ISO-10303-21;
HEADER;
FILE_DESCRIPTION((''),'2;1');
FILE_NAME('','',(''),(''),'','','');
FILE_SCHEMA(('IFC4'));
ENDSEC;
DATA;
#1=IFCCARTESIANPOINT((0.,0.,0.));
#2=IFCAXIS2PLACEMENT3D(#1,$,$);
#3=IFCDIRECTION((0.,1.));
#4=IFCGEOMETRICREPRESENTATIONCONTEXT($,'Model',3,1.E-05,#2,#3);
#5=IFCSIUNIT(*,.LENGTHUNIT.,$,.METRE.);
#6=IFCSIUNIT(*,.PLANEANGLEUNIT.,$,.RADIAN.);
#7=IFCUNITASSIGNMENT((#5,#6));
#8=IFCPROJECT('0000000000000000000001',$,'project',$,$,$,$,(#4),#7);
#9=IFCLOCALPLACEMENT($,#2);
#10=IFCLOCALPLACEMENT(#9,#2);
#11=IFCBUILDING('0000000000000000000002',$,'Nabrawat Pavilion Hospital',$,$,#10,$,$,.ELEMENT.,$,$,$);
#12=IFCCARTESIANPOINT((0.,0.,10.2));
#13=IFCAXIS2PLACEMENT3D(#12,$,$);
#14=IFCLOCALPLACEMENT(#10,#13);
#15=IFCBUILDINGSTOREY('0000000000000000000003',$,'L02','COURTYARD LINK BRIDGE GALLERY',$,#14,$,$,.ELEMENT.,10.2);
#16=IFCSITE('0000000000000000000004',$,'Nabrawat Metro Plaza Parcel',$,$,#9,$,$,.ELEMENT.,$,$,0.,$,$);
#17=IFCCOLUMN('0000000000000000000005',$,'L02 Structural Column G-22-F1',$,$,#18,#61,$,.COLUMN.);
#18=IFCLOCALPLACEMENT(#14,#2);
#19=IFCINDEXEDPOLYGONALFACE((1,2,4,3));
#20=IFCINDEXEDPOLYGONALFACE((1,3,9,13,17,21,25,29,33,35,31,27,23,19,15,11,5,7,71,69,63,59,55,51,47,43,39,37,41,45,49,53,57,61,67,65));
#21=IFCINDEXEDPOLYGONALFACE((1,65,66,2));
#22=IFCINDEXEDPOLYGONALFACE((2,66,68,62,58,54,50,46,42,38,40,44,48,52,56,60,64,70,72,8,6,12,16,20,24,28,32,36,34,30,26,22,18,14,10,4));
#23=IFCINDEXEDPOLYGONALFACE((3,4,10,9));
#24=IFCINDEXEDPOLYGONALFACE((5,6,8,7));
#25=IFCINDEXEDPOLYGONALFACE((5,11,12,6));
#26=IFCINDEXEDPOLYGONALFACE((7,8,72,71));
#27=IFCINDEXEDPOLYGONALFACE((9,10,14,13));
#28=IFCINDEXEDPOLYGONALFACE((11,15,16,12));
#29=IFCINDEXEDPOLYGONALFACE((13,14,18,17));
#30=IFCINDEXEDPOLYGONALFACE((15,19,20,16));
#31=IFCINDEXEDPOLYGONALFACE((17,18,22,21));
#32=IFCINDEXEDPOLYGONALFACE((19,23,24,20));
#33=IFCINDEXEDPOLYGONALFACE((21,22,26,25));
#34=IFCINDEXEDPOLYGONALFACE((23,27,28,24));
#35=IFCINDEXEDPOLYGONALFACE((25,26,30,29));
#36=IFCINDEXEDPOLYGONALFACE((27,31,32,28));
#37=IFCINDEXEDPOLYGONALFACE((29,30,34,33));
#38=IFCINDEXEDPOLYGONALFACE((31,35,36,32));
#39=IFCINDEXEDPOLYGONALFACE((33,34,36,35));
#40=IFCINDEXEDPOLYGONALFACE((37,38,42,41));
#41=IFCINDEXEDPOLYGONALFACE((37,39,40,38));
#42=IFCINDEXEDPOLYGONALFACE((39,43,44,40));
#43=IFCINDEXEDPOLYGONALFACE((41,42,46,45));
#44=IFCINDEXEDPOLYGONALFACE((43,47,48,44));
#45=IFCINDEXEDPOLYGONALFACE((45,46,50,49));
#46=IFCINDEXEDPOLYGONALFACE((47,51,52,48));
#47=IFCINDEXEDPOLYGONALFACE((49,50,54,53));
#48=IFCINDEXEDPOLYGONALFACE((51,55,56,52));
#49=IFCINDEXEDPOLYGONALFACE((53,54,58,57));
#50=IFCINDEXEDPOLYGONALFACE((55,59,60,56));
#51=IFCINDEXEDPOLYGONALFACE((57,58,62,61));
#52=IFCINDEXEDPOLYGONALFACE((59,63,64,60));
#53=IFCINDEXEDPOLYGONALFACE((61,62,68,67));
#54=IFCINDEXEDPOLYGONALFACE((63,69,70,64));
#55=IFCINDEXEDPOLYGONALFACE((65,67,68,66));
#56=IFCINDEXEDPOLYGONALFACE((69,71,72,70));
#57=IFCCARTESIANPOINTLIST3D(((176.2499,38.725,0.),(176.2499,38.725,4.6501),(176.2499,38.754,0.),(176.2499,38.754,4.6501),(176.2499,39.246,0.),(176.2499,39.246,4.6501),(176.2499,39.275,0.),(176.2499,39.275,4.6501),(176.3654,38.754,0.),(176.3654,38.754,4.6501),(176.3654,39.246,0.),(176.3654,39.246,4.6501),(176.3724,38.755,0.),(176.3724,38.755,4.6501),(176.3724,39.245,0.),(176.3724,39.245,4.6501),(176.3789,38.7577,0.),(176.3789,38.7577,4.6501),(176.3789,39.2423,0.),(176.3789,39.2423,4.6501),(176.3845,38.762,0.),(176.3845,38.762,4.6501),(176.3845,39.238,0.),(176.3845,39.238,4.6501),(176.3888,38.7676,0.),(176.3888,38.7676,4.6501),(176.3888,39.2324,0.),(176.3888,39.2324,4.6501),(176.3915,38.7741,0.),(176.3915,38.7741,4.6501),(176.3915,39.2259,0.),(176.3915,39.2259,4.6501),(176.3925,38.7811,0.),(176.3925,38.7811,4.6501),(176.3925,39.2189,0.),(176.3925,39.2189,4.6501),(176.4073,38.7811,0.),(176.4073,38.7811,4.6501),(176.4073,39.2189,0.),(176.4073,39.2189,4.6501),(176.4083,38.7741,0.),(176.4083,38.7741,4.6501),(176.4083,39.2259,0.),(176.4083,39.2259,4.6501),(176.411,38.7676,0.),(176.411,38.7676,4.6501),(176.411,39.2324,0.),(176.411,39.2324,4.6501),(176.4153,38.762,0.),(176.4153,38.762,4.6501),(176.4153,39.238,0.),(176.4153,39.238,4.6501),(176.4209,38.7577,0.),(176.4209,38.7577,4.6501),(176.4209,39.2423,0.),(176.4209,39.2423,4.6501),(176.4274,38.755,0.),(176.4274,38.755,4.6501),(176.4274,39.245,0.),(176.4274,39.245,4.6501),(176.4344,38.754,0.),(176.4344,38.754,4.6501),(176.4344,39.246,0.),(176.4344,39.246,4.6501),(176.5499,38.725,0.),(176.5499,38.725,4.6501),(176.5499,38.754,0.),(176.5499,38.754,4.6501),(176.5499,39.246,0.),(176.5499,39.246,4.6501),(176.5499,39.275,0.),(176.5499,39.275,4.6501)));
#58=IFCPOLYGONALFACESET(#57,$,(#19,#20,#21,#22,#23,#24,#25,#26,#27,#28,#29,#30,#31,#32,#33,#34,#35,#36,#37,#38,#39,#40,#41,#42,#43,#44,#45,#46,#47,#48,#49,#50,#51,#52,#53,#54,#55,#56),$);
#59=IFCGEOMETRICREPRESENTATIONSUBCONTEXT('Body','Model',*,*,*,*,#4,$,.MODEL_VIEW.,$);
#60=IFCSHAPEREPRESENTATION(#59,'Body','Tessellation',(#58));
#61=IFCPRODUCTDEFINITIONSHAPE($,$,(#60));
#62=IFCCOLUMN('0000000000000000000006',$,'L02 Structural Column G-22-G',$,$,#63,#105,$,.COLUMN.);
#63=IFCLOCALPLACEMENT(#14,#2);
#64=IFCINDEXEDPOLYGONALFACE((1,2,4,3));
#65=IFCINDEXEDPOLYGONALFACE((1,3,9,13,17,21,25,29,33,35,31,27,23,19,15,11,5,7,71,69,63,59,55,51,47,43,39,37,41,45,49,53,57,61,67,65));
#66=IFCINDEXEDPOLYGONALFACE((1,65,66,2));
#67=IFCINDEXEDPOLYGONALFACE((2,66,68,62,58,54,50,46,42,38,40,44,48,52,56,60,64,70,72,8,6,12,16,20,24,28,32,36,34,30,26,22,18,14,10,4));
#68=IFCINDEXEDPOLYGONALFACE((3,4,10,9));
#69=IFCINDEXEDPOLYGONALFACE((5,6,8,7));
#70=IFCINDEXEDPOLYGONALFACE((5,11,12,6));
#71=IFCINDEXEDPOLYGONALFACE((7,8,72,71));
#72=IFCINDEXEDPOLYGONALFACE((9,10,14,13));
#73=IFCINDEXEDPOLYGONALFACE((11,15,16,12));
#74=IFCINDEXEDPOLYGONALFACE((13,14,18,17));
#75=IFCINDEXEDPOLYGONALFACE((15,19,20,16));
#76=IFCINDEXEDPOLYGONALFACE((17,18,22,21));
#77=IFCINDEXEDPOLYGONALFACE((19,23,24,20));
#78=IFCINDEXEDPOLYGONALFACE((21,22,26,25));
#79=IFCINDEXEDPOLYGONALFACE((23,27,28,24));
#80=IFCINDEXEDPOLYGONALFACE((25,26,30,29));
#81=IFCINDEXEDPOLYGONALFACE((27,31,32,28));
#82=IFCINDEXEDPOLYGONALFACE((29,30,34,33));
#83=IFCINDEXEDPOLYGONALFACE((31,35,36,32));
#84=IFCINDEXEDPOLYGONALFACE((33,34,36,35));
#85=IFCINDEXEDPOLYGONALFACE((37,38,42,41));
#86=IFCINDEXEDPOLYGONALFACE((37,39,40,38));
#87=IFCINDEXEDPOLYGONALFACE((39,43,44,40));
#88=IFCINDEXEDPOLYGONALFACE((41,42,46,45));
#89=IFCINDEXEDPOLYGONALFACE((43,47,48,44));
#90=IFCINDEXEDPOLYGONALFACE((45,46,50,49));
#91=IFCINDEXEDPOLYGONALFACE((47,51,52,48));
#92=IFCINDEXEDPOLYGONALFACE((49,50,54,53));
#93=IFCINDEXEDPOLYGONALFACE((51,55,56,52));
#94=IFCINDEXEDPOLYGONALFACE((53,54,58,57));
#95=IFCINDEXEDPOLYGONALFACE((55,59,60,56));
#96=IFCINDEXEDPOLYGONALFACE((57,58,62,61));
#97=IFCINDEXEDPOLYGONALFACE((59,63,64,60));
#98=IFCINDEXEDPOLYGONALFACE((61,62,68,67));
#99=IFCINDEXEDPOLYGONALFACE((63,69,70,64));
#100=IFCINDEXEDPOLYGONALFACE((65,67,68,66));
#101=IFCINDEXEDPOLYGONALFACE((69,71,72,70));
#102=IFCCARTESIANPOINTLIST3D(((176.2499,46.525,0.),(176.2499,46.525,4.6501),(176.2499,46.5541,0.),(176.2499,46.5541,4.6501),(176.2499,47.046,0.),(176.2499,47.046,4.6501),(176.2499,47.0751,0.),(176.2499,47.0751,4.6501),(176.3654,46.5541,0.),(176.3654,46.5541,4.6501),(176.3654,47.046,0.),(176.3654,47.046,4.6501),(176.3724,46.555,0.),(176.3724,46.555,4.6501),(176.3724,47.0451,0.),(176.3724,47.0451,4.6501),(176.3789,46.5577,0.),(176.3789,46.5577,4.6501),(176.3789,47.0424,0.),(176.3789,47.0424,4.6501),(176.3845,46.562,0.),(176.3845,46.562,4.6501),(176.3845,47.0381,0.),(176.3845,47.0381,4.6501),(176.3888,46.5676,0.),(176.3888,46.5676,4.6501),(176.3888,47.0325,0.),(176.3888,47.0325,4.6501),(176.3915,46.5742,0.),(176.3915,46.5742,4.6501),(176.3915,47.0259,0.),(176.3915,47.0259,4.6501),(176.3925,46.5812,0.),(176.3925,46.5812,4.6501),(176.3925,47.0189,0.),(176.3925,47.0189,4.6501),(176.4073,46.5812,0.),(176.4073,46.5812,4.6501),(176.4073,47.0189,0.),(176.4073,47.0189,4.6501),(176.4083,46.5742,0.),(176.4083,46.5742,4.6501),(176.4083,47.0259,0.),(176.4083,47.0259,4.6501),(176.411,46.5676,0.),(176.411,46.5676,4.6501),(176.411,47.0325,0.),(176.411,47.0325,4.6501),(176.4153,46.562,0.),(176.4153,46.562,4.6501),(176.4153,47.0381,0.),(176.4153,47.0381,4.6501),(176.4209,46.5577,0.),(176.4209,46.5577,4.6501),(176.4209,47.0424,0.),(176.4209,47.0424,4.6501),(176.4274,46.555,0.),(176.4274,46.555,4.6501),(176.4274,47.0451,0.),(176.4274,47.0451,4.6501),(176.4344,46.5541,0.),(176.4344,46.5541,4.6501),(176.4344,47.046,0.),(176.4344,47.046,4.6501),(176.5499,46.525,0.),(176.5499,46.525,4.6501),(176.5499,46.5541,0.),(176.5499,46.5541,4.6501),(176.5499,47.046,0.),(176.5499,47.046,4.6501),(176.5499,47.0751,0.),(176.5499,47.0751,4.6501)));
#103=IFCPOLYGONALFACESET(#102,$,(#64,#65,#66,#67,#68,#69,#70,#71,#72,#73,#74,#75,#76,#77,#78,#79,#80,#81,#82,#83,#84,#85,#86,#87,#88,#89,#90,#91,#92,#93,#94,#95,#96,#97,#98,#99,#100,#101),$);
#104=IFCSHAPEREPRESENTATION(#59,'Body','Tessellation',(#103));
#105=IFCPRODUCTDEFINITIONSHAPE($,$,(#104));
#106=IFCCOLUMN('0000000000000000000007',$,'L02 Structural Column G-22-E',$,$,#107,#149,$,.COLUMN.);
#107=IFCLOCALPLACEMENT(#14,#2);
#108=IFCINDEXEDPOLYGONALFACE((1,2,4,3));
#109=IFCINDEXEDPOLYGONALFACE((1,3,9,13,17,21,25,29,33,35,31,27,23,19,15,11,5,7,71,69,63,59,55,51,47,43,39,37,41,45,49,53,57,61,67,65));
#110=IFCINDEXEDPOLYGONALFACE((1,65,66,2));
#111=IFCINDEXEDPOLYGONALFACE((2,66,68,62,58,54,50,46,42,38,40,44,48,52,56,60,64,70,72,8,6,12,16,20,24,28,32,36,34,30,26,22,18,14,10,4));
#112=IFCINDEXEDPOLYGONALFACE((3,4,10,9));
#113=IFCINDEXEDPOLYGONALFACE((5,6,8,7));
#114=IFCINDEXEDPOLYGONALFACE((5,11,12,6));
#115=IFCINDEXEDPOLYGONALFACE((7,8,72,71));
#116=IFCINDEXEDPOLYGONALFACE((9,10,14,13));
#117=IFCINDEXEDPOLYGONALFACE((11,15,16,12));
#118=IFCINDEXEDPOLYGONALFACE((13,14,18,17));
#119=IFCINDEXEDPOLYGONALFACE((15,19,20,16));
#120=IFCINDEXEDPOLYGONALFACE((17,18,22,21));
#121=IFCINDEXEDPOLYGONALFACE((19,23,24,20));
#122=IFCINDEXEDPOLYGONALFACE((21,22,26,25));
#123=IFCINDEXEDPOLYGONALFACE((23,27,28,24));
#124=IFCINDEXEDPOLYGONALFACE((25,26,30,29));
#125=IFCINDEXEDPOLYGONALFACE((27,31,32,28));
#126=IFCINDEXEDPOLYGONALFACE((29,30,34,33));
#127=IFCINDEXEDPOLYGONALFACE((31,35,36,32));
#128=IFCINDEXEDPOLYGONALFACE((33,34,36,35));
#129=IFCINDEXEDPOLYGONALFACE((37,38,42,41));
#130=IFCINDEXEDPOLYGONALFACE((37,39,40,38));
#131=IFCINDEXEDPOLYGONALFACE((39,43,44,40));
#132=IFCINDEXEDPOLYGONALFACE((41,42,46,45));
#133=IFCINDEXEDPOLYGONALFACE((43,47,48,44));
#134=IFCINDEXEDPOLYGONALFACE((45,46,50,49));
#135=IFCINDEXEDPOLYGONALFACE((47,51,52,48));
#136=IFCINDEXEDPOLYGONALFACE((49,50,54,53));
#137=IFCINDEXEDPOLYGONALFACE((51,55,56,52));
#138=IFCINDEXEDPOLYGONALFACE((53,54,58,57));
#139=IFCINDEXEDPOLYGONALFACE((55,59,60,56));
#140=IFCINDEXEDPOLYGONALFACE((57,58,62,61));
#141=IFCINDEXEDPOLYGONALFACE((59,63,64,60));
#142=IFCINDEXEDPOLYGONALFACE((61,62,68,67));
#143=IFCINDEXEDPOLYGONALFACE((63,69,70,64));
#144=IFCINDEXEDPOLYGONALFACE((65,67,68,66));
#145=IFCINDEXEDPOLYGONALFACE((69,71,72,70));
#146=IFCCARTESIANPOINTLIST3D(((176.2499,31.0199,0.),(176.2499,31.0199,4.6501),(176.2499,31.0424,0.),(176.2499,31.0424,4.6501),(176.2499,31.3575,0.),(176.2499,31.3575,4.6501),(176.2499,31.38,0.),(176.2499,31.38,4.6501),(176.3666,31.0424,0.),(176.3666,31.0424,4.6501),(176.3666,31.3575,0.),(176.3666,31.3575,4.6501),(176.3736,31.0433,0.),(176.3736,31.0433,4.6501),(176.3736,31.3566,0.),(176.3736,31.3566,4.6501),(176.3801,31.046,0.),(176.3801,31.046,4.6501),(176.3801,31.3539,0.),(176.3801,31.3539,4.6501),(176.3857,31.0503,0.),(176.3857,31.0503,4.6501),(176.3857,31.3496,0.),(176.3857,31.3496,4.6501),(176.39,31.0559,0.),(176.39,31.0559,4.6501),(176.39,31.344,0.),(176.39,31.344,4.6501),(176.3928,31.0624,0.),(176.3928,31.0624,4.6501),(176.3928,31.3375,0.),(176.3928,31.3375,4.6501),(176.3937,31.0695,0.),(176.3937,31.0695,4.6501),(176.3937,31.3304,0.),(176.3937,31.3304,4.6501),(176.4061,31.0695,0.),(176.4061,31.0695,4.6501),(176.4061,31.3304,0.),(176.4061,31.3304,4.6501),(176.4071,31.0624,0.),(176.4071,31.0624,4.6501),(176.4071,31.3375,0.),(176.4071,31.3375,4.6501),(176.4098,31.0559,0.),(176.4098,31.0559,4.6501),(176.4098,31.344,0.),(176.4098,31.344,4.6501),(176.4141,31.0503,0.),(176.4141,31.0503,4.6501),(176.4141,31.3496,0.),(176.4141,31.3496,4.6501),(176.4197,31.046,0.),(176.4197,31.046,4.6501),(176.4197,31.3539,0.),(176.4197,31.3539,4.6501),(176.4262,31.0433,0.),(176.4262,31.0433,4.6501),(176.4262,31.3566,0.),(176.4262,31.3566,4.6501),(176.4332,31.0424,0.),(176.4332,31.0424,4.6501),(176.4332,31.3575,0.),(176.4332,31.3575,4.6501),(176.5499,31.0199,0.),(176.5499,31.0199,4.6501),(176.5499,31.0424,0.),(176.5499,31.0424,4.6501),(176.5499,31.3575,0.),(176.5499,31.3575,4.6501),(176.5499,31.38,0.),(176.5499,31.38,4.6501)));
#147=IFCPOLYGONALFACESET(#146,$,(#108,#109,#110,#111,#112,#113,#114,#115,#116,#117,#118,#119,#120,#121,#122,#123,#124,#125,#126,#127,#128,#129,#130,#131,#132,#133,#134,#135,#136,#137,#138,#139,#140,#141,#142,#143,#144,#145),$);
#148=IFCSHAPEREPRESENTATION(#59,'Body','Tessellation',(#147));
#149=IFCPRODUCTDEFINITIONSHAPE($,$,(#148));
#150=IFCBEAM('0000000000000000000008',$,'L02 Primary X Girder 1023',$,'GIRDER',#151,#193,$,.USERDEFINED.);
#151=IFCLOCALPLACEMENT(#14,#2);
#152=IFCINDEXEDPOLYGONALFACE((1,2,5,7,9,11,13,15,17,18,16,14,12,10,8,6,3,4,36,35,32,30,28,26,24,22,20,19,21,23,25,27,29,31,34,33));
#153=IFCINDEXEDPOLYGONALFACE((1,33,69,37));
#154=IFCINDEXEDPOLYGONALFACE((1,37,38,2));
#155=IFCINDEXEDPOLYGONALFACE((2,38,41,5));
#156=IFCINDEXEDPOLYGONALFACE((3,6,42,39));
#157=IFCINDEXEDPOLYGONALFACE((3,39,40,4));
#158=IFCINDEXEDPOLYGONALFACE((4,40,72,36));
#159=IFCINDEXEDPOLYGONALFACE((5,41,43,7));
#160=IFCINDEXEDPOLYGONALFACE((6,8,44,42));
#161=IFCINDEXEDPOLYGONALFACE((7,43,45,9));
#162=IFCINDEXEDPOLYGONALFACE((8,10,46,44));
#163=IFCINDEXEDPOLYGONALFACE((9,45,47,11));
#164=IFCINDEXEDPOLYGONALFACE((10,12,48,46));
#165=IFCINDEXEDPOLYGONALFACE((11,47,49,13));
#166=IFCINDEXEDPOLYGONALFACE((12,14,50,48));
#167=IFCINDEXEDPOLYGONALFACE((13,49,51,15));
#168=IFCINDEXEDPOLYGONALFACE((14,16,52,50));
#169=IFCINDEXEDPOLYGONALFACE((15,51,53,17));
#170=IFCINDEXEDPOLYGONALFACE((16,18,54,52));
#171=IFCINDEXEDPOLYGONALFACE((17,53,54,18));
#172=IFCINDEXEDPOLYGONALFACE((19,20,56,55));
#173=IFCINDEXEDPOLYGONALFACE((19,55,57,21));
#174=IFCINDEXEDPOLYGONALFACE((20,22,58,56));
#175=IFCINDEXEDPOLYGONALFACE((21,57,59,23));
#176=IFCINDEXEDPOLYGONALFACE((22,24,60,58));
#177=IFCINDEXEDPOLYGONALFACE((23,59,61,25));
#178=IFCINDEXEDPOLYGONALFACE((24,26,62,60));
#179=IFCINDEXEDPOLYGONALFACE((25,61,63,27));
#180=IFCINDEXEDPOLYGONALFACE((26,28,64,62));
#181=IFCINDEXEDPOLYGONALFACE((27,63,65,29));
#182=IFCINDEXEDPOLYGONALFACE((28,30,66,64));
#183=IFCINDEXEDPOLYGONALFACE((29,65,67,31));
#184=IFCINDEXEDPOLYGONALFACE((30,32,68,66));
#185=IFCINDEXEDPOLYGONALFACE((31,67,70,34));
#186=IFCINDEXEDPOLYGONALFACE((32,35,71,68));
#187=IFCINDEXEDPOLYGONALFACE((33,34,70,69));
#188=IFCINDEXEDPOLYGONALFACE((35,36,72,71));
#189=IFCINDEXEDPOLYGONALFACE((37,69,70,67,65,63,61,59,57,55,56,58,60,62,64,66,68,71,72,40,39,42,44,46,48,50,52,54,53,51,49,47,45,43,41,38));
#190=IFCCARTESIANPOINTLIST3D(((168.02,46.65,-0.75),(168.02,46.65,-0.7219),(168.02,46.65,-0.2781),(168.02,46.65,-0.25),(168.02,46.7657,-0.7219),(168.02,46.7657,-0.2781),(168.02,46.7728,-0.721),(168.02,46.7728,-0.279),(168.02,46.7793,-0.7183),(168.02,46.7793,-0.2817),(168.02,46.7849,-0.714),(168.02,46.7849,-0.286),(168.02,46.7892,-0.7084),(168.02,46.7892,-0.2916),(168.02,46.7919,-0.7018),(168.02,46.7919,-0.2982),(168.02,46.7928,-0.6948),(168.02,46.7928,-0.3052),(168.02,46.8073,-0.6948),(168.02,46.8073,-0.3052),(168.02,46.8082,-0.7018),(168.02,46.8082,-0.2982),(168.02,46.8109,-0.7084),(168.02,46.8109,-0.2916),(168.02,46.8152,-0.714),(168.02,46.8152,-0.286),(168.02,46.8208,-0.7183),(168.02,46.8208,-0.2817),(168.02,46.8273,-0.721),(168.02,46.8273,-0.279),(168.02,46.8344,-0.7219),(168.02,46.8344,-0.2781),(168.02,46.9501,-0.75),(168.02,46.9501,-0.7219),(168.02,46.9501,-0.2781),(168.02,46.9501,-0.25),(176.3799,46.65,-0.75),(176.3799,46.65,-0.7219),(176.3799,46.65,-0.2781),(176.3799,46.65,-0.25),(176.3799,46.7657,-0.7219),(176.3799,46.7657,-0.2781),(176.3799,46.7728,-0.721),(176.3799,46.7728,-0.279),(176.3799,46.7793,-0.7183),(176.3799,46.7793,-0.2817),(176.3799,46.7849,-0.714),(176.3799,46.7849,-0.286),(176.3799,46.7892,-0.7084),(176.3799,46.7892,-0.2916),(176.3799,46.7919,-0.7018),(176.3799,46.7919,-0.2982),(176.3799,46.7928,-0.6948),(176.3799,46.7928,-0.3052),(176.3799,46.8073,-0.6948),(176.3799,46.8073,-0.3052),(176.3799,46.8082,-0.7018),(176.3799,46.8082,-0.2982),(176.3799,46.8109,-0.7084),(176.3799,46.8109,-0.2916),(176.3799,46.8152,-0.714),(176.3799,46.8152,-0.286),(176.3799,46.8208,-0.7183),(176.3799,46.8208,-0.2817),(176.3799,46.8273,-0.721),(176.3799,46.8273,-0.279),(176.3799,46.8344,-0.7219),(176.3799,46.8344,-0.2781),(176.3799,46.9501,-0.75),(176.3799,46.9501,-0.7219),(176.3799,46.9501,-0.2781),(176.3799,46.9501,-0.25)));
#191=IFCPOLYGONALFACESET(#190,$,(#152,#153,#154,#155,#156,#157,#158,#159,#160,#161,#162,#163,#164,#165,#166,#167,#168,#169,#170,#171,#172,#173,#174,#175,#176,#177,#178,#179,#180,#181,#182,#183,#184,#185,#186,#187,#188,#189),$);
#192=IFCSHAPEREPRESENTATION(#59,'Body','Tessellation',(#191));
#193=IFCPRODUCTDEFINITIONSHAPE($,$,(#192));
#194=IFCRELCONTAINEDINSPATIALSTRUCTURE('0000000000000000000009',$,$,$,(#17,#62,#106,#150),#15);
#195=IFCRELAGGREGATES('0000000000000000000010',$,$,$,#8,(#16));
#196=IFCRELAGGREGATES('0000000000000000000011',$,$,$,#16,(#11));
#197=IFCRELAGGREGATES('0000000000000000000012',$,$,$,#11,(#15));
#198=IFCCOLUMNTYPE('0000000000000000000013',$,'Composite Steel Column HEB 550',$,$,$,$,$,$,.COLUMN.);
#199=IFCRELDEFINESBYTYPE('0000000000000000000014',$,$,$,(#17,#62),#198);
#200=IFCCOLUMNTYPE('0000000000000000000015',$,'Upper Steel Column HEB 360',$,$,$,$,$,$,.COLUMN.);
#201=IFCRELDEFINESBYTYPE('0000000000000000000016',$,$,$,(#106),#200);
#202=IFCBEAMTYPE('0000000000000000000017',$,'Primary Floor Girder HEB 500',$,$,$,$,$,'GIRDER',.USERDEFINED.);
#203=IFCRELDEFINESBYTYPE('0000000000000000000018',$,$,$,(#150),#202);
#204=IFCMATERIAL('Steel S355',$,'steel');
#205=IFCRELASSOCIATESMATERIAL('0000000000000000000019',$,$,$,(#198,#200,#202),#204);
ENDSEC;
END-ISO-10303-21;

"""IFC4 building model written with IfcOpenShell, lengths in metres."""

from ifc_helpers import new_model, si_unit, direction, frame, origin, origin_2d, place, context, subcontext, project, spatial, i_section, extrude, material, material_profile, profile_set, type_object, element, save


model = new_model("IFC4")

# Units and contexts
model_context = context("Model", 3, precision=1e-05, world=origin(), true_north=direction((0.0, 1.0)))
body_context = subcontext(model_context, "Body", "Model", "MODEL_VIEW")
ifc_project = project(units=[si_unit("LENGTHUNIT", "METRE"), si_unit("PLANEANGLEUNIT", "RADIAN")], contexts=[model_context])

# Site, building, storey
site_placement = place(None, origin())
site = spatial("IfcSite", under=ifc_project, at=site_placement, Name="Nabrawat Metro Plaza Parcel", CompositionType="ELEMENT", RefElevation=0.0)
building_placement = place(site_placement, origin())
building = spatial("IfcBuilding", under=site, at=building_placement, Name="Nabrawat Pavilion Hospital", CompositionType="ELEMENT")
storey_placement = place(building_placement, frame((0.0, 0.0, 10.2)))
storey = spatial("IfcBuildingStorey", under=building, at=storey_placement, Name="L02", Description="COURTYARD LINK BRIDGE GALLERY", CompositionType="ELEMENT", Elevation=10.2)

# Columns
ifc_material_1 = material(Name="Steel S355", Category="steel")
ifc_material_profile_1 = material_profile(ifc_material_1, i_section(OverallWidth=0.3, OverallDepth=0.55, WebThickness=0.0149, FlangeThickness=0.0291, FilletRadius=0.0271, at=origin_2d()), Name="HEB 550")
ifc_profile_set_1 = profile_set([ifc_material_profile_1], Name="Steel S355")
column_type_1 = type_object("IfcColumnType", Name="Composite Steel Column HEB 550", PredefinedType="COLUMN", material=ifc_profile_set_1)
for number, where, z_axis, x_axis, name in (
    (1, (176.3999, 39.0, 0.0), (0.0, 0.0, 1.0), (1.0, 0.0, 0.0), "L02 Structural Column G-22-F1"),
    (2, (176.3999, 46.8, 0.0), (0.0, 0.0, 1.0), (1.0, 0.0, 0.0), "L02 Structural Column G-22-G"),
):
    element("IfcColumn", number, at=place(storey_placement, frame(where, z_axis=z_axis, x_axis=x_axis)), inside=storey, type_object=column_type_1, Name=name, PredefinedType="COLUMN", context=body_context, shape_type="SweptSolid", body=[
        extrude(i_section(OverallWidth=0.3, OverallDepth=0.55, WebThickness=0.0149, FlangeThickness=0.0291, FilletRadius=0.0271, at=origin_2d()), origin(), (0.0, 0.0, 1.0), 4.6501),
    ])
ifc_material_profile_2 = material_profile(ifc_material_1, i_section(OverallWidth=0.3, OverallDepth=0.3601, WebThickness=0.0125, FlangeThickness=0.0225, FilletRadius=0.0271, at=origin_2d()), Name="HEB 360")
ifc_profile_set_2 = profile_set([ifc_material_profile_2], Name="Steel S355")
column_type_2 = type_object("IfcColumnType", Name="Upper Steel Column HEB 360", PredefinedType="COLUMN", material=ifc_profile_set_2)
column_placement = place(storey_placement, frame((176.3999, 31.2, 0.0), z_axis=(0.0, 0.0, 1.0), x_axis=(1.0, 0.0, 0.0)))
element("IfcColumn", 3, at=column_placement, inside=storey, type_object=column_type_2, Name="L02 Structural Column G-22-E", PredefinedType="COLUMN", context=body_context, shape_type="SweptSolid", body=[
    extrude(i_section(OverallWidth=0.3, OverallDepth=0.3601, WebThickness=0.0125, FlangeThickness=0.0225, FilletRadius=0.0271, at=origin_2d()), origin(), (0.0, 0.0, 1.0), 4.6501),
])

# Beam
ifc_material_profile_3 = material_profile(ifc_material_1, i_section(OverallWidth=0.3, OverallDepth=0.5, WebThickness=0.0144, FlangeThickness=0.0281, FilletRadius=0.0271, at=origin_2d()), Name="HEB 500")
ifc_profile_set_3 = profile_set([ifc_material_profile_3], Name="Steel S355")
beam_type_1 = type_object("IfcBeamType", Name="Primary Floor Girder HEB 500", ElementType="GIRDER", PredefinedType="USERDEFINED", material=ifc_profile_set_3)
beam_1_placement = place(storey_placement, frame((168.02, 46.8, -0.5), z_axis=(1.0, 0.0, 0.0), x_axis=(0.0, 1.0, 0.0)))
element("IfcBeam", 4, at=beam_1_placement, inside=storey, type_object=beam_type_1, Name="L02 Primary X Girder 1023", ObjectType="GIRDER", PredefinedType="USERDEFINED", context=body_context, shape_type="SweptSolid", body=[
    extrude(i_section(OverallWidth=0.3, OverallDepth=0.5, WebThickness=0.0144, FlangeThickness=0.0281, FilletRadius=0.0271, at=origin_2d()), origin(), (0.0, 0.0, 1.0), 8.3599),
])

save(model, "model.ifc")
